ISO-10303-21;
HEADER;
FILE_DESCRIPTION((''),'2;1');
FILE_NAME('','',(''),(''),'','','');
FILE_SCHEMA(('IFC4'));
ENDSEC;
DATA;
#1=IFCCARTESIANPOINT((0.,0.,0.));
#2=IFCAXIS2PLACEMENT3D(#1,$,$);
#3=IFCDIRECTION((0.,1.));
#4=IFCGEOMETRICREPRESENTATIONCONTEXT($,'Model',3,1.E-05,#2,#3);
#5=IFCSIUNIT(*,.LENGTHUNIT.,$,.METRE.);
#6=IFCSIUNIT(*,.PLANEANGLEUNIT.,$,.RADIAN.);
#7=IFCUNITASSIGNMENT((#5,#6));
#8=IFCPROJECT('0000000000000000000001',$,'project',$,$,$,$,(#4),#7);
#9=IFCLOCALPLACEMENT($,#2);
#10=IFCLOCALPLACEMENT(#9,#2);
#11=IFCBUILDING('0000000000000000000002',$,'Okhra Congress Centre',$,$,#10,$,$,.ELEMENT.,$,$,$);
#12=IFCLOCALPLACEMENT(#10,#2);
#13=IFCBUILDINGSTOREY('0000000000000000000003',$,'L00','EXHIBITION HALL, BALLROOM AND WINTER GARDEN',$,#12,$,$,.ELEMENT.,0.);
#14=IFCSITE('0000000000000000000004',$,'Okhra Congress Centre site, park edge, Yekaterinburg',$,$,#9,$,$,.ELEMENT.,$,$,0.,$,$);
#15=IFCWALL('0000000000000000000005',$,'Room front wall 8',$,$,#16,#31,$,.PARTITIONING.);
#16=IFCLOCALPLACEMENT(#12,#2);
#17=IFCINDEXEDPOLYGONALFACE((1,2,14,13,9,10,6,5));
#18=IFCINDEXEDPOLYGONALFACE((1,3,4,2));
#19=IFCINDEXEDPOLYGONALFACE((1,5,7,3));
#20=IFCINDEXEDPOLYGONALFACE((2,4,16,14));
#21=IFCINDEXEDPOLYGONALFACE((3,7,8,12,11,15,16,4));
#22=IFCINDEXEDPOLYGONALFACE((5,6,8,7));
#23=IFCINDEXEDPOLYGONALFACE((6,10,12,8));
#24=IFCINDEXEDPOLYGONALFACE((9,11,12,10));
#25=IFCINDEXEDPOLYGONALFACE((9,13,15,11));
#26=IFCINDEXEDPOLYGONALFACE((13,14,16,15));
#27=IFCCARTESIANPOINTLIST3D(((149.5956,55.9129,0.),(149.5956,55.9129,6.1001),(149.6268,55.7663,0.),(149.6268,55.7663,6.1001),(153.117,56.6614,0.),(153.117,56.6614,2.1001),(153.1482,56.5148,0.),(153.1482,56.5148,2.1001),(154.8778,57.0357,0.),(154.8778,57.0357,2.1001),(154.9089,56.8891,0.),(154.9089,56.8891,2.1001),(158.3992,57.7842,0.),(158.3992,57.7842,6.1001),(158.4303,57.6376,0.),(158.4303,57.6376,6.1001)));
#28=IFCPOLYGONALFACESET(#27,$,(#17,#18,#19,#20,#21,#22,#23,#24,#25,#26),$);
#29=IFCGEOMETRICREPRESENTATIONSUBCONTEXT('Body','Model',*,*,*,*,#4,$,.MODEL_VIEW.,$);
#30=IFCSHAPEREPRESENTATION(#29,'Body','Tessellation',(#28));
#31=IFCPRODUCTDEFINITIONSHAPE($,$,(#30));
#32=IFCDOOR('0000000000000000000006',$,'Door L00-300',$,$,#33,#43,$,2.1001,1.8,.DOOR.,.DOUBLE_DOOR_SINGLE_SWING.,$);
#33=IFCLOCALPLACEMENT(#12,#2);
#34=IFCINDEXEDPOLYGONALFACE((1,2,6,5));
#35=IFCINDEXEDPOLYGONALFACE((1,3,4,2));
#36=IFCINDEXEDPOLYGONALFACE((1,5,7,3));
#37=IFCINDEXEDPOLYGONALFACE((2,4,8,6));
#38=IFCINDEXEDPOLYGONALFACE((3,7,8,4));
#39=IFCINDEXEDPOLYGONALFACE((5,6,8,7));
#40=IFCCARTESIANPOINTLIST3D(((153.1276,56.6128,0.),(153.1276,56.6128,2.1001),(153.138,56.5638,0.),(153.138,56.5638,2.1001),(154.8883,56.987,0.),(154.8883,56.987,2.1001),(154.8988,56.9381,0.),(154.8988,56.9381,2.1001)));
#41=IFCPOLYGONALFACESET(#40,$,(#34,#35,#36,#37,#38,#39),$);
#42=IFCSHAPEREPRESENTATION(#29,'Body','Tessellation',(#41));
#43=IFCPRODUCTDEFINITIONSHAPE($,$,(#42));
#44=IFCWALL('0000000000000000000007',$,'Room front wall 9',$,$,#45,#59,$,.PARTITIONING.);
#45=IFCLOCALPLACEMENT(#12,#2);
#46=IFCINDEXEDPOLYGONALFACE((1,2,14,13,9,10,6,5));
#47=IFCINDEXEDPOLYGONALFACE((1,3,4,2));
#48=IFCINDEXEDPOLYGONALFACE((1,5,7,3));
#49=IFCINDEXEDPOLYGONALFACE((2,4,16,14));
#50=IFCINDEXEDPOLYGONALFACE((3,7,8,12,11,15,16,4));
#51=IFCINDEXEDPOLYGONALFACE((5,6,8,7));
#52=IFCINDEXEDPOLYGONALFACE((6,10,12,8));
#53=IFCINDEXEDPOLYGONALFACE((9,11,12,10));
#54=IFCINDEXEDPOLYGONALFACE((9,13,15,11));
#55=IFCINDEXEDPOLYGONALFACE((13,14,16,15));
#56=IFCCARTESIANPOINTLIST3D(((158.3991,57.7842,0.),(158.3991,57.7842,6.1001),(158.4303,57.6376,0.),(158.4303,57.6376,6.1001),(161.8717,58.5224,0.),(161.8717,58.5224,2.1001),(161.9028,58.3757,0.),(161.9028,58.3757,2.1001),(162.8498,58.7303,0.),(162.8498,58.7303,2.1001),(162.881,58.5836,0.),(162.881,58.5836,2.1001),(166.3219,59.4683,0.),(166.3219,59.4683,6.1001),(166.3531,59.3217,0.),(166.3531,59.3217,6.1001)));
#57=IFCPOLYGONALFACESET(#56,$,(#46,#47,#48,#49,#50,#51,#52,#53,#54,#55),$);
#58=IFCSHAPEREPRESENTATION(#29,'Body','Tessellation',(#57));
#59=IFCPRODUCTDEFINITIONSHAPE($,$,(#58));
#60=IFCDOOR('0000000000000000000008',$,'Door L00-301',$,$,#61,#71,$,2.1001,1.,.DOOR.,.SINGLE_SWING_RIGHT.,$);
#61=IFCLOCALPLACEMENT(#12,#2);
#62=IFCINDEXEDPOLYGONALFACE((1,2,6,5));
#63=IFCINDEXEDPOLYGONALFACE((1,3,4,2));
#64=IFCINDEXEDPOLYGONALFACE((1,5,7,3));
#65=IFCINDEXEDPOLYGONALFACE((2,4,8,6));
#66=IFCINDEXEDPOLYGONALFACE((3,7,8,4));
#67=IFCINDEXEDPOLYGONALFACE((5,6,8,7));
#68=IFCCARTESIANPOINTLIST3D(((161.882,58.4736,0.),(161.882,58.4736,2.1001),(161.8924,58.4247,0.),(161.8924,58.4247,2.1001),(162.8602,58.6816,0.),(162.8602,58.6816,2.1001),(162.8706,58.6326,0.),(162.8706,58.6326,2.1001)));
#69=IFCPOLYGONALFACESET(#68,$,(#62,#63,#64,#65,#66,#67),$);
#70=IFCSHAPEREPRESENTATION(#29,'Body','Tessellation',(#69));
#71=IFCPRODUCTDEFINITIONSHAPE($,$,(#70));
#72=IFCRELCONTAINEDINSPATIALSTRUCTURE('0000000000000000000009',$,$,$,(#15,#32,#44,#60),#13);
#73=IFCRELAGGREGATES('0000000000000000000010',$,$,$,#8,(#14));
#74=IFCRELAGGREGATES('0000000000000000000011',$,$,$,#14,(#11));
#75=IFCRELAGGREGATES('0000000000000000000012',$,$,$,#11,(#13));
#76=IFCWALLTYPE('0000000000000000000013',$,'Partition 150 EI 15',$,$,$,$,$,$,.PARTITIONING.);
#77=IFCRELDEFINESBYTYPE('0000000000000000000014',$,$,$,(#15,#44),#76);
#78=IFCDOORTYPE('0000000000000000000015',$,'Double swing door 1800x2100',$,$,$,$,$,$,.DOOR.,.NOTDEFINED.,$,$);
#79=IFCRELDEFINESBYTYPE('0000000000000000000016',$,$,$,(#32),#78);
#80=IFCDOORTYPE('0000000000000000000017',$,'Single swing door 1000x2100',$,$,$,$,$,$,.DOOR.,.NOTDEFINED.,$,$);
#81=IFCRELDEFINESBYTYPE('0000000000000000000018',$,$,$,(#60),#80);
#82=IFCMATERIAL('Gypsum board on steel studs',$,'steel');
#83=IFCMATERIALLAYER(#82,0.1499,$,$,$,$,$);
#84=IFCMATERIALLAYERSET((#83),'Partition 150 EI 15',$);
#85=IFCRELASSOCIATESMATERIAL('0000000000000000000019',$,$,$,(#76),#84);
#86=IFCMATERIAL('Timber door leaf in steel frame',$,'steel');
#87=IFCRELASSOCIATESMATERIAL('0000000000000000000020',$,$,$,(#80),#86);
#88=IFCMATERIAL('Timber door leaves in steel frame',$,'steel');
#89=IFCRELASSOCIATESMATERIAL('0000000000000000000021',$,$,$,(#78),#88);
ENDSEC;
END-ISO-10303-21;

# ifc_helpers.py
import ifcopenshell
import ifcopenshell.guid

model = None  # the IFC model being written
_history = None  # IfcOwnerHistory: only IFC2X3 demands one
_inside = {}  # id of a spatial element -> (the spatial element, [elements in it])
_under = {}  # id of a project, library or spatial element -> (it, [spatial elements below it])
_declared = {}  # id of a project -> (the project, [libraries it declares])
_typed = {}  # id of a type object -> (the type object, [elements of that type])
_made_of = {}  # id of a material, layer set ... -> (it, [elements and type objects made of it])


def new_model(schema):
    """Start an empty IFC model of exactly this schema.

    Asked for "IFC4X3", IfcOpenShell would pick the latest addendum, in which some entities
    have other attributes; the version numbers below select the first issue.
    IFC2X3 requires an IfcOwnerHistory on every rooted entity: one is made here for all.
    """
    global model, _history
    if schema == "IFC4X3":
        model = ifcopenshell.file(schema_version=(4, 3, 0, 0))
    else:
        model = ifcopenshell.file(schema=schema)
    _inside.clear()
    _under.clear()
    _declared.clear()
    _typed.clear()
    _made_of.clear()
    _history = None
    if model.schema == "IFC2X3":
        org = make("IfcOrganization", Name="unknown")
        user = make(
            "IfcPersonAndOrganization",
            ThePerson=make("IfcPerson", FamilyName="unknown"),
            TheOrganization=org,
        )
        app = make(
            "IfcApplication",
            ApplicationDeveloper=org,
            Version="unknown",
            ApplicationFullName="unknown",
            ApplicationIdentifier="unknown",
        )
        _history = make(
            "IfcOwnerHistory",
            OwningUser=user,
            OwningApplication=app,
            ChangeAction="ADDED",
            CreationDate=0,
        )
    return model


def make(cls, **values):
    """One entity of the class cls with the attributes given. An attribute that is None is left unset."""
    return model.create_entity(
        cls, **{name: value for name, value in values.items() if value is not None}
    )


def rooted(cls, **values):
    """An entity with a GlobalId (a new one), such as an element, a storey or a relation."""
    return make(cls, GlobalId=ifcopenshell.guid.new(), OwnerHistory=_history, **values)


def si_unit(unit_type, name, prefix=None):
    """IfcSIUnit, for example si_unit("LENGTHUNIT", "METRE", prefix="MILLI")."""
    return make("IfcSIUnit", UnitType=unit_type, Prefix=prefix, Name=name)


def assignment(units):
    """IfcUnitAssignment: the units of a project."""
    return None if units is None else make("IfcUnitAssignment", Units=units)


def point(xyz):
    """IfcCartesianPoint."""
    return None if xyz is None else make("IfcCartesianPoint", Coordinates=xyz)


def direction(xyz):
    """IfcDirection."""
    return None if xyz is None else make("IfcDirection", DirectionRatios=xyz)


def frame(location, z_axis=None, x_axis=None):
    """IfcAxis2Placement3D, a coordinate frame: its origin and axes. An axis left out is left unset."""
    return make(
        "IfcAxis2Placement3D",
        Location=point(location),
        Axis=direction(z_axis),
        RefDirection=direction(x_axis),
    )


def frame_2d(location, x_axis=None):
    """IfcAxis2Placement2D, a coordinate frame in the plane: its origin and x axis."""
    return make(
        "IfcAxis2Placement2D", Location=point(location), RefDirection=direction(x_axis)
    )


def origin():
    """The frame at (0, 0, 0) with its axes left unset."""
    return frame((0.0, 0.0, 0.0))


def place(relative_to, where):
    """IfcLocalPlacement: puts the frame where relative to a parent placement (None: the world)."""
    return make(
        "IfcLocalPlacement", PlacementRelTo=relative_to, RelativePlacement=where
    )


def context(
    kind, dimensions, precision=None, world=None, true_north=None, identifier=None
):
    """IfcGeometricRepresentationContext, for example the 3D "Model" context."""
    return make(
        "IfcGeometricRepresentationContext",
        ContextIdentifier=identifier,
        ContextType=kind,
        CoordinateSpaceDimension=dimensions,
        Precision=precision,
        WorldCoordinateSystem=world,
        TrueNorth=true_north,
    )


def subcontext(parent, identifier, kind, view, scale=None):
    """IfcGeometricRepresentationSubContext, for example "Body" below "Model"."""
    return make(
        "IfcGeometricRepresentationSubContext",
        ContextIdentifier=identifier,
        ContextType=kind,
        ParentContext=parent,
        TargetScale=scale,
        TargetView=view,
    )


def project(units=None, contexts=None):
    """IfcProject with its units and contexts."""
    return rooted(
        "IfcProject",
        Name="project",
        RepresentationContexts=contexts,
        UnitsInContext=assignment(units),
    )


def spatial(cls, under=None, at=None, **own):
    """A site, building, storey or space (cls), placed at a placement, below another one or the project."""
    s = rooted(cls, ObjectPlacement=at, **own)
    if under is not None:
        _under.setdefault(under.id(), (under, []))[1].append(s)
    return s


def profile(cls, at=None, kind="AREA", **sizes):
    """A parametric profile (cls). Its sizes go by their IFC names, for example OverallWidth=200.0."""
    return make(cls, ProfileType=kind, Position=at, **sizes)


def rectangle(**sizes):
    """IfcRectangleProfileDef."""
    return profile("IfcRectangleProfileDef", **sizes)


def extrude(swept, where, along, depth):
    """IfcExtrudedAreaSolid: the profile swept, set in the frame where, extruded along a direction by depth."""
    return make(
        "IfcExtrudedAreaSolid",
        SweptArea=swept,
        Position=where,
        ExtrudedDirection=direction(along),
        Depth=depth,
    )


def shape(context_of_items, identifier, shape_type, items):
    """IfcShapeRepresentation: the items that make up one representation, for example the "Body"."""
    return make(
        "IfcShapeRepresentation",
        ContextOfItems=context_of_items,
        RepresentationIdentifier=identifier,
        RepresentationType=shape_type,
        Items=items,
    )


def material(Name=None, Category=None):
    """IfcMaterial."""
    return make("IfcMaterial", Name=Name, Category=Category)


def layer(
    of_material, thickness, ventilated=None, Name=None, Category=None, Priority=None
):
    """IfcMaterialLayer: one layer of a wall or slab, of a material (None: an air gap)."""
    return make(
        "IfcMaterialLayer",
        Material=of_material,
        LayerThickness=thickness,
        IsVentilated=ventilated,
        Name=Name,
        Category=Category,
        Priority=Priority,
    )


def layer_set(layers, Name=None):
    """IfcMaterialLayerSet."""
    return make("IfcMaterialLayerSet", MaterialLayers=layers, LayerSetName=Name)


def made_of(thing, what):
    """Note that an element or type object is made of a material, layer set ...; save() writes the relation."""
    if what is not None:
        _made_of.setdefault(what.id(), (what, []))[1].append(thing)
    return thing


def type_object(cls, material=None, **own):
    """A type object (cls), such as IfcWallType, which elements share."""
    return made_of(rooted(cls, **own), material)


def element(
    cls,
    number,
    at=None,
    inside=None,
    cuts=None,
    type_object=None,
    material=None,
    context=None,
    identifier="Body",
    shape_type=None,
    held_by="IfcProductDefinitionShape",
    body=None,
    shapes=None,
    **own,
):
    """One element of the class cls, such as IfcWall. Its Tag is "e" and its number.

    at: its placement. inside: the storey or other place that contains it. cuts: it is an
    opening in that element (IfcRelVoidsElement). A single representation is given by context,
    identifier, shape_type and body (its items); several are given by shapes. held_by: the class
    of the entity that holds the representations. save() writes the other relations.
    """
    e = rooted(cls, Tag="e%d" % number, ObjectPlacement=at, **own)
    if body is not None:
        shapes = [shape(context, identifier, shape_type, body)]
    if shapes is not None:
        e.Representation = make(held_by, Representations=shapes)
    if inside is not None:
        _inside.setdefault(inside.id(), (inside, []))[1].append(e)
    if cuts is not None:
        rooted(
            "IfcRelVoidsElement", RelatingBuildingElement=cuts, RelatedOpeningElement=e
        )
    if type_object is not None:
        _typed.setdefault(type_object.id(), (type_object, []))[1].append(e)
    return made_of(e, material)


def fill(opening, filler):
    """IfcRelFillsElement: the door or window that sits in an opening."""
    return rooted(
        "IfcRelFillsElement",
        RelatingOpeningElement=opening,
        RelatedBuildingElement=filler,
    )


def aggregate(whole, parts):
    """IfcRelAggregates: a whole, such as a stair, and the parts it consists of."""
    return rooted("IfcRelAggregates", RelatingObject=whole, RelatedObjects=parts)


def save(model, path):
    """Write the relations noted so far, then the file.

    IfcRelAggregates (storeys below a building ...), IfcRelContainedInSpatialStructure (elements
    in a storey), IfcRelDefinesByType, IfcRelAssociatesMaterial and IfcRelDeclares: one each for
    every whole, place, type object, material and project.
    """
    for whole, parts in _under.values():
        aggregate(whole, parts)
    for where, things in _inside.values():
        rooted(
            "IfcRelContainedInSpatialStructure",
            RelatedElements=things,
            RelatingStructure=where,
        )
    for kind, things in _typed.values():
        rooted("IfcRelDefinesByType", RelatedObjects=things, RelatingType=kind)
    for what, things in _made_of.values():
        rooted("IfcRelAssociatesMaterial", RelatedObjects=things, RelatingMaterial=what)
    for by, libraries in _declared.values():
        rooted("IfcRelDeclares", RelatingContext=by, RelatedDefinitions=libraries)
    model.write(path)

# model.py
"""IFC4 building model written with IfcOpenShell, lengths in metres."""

from ifc_helpers import new_model, si_unit, direction, frame, frame_2d, origin, place, context, subcontext, project, spatial, rectangle, extrude, material, layer, layer_set, type_object, element, fill, save


model = new_model("IFC4")

# Units and contexts
model_context = context("Model", 3, precision=1e-05, world=origin(), true_north=direction((0.0, 1.0)))
body_context = subcontext(model_context, "Body", "Model", "MODEL_VIEW")
ifc_project = project(units=[si_unit("LENGTHUNIT", "METRE"), si_unit("PLANEANGLEUNIT", "RADIAN")], contexts=[model_context])

# Site, building, storey
site_placement = place(None, origin())
site = spatial("IfcSite", under=ifc_project, at=site_placement, Name="Okhra Congress Centre site, park edge, Yekaterinburg", CompositionType="ELEMENT", RefElevation=0.0)
building_placement = place(site_placement, origin())
building = spatial("IfcBuilding", under=site, at=building_placement, Name="Okhra Congress Centre", CompositionType="ELEMENT")
storey_placement = place(building_placement, origin())
storey = spatial("IfcBuildingStorey", under=building, at=storey_placement, Name="L00", Description="EXHIBITION HALL, BALLROOM AND WINTER GARDEN", CompositionType="ELEMENT", Elevation=0.0)

# Walls, openings, doors
ifc_material_1 = material(Name="Gypsum board on steel studs", Category="steel")
ifc_layer_1 = layer(ifc_material_1, 0.1499)
ifc_layer_set_1 = layer_set([ifc_layer_1], Name="Partition 150 EI 15")
wall_type = type_object("IfcWallType", Name="Partition 150 EI 15", PredefinedType="PARTITIONING", material=ifc_layer_set_1)
ifc_material_2 = material(Name="Timber door leaf in steel frame", Category="steel")
door_type_1 = type_object("IfcDoorType", Name="Single swing door 1000x2100", OperationType="NOTDEFINED", PredefinedType="DOOR", material=ifc_material_2)
wall_1_placement = place(storey_placement, frame((149.6113, 55.8396, 0.0), z_axis=(0.0, 0.0, 1.0), x_axis=(0.978145, 0.207923, 0.0)))
wall_1 = element("IfcWall", 1, at=wall_1_placement, inside=storey, type_object=wall_type, Name="Room front wall 8", PredefinedType="PARTITIONING", context=body_context, shape_type="SweptSolid", body=[
    extrude(rectangle(XDim=9.0002, YDim=0.1499, at=frame_2d((4.5, 0.0))), origin(), (0.0, 0.0, 1.0), 6.1001),
])
opening_1_placement = place(wall_1_placement, frame((3.6001, 0.0, 0.0)))
opening_1 = element("IfcOpeningElement", 2, at=opening_1_placement, cuts=wall_1, PredefinedType="OPENING", context=body_context, shape_type="SweptSolid", body=[
    extrude(rectangle(XDim=1.8, YDim=2.1001, at=frame_2d((0.8999, 1.05))), frame((0.0, 0.085, 0.0), z_axis=(0.0, -1.0, 0.0), x_axis=(1.0, 0.0, 0.0)), (0.0, 0.0, 1.0), 0.1699),
])
ifc_material_3 = material(Name="Timber door leaves in steel frame", Category="steel")
door_type_2 = type_object("IfcDoorType", Name="Double swing door 1800x2100", OperationType="NOTDEFINED", PredefinedType="DOOR", material=ifc_material_3)
door_1_placement = place(opening_1_placement, frame((1.8, 0.0, 0.0), z_axis=(0.0, 0.0, 1.0), x_axis=(-1.0, 0.0, 0.0)))
door_1 = element("IfcDoor", 3, at=door_1_placement, inside=storey, type_object=door_type_2, Name="Door L00-300", OperationType="DOUBLE_DOOR_SINGLE_SWING", OverallHeight=2.1001, OverallWidth=1.8, PredefinedType="DOOR", context=body_context, shape_type="SweptSolid", body=[
    extrude(rectangle(XDim=1.8, YDim=2.1001, at=frame_2d((0.8999, 1.05))), frame((0.0, 0.0249, 0.0), z_axis=(0.0, -1.0, 0.0), x_axis=(1.0, 0.0, 0.0)), (0.0, 0.0, 1.0), 0.05),
])
fill(opening_1, door_1)
wall_2_placement = place(storey_placement, frame((158.4148, 57.7109, 0.0), z_axis=(0.0, 0.0, 1.0), x_axis=(0.978147, 0.207915, 0.0)))
wall_2 = element("IfcWall", 4, at=wall_2_placement, inside=storey, type_object=wall_type, Name="Room front wall 9", PredefinedType="PARTITIONING", context=body_context, shape_type="SweptSolid", body=[
    extrude(rectangle(XDim=8.0999, YDim=0.1499, at=frame_2d((4.0498, 0.0))), origin(), (0.0, 0.0, 1.0), 6.1001),
])
opening_2_placement = place(wall_2_placement, frame((3.55, 0.0, 0.0)))
opening_2 = element("IfcOpeningElement", 5, at=opening_2_placement, cuts=wall_2, PredefinedType="OPENING", context=body_context, shape_type="SweptSolid", body=[
    extrude(rectangle(XDim=1.0, YDim=2.1001, at=frame_2d((0.5, 1.05))), frame((0.0, 0.085, 0.0), z_axis=(0.0, -1.0, 0.0), x_axis=(1.0, 0.0, 0.0)), (0.0, 0.0, 1.0), 0.1699),
])
door_2_placement = place(opening_2_placement, frame((1.0, 0.0, 0.0), z_axis=(0.0, 0.0, 1.0), x_axis=(-1.0, 0.0, 0.0)))
door_2 = element("IfcDoor", 6, at=door_2_placement, inside=storey, type_object=door_type_1, Name="Door L00-301", OperationType="SINGLE_SWING_RIGHT", OverallHeight=2.1001, OverallWidth=1.0, PredefinedType="DOOR", context=body_context, shape_type="SweptSolid", body=[
    extrude(rectangle(XDim=1.0, YDim=2.1001, at=frame_2d((0.5, 1.05))), frame((0.0, 0.0249, 0.0), z_axis=(0.0, -1.0, 0.0), x_axis=(1.0, 0.0, 0.0)), (0.0, 0.0, 1.0), 0.05),
])
fill(opening_2, door_2)

save(model, "model.ifc")
